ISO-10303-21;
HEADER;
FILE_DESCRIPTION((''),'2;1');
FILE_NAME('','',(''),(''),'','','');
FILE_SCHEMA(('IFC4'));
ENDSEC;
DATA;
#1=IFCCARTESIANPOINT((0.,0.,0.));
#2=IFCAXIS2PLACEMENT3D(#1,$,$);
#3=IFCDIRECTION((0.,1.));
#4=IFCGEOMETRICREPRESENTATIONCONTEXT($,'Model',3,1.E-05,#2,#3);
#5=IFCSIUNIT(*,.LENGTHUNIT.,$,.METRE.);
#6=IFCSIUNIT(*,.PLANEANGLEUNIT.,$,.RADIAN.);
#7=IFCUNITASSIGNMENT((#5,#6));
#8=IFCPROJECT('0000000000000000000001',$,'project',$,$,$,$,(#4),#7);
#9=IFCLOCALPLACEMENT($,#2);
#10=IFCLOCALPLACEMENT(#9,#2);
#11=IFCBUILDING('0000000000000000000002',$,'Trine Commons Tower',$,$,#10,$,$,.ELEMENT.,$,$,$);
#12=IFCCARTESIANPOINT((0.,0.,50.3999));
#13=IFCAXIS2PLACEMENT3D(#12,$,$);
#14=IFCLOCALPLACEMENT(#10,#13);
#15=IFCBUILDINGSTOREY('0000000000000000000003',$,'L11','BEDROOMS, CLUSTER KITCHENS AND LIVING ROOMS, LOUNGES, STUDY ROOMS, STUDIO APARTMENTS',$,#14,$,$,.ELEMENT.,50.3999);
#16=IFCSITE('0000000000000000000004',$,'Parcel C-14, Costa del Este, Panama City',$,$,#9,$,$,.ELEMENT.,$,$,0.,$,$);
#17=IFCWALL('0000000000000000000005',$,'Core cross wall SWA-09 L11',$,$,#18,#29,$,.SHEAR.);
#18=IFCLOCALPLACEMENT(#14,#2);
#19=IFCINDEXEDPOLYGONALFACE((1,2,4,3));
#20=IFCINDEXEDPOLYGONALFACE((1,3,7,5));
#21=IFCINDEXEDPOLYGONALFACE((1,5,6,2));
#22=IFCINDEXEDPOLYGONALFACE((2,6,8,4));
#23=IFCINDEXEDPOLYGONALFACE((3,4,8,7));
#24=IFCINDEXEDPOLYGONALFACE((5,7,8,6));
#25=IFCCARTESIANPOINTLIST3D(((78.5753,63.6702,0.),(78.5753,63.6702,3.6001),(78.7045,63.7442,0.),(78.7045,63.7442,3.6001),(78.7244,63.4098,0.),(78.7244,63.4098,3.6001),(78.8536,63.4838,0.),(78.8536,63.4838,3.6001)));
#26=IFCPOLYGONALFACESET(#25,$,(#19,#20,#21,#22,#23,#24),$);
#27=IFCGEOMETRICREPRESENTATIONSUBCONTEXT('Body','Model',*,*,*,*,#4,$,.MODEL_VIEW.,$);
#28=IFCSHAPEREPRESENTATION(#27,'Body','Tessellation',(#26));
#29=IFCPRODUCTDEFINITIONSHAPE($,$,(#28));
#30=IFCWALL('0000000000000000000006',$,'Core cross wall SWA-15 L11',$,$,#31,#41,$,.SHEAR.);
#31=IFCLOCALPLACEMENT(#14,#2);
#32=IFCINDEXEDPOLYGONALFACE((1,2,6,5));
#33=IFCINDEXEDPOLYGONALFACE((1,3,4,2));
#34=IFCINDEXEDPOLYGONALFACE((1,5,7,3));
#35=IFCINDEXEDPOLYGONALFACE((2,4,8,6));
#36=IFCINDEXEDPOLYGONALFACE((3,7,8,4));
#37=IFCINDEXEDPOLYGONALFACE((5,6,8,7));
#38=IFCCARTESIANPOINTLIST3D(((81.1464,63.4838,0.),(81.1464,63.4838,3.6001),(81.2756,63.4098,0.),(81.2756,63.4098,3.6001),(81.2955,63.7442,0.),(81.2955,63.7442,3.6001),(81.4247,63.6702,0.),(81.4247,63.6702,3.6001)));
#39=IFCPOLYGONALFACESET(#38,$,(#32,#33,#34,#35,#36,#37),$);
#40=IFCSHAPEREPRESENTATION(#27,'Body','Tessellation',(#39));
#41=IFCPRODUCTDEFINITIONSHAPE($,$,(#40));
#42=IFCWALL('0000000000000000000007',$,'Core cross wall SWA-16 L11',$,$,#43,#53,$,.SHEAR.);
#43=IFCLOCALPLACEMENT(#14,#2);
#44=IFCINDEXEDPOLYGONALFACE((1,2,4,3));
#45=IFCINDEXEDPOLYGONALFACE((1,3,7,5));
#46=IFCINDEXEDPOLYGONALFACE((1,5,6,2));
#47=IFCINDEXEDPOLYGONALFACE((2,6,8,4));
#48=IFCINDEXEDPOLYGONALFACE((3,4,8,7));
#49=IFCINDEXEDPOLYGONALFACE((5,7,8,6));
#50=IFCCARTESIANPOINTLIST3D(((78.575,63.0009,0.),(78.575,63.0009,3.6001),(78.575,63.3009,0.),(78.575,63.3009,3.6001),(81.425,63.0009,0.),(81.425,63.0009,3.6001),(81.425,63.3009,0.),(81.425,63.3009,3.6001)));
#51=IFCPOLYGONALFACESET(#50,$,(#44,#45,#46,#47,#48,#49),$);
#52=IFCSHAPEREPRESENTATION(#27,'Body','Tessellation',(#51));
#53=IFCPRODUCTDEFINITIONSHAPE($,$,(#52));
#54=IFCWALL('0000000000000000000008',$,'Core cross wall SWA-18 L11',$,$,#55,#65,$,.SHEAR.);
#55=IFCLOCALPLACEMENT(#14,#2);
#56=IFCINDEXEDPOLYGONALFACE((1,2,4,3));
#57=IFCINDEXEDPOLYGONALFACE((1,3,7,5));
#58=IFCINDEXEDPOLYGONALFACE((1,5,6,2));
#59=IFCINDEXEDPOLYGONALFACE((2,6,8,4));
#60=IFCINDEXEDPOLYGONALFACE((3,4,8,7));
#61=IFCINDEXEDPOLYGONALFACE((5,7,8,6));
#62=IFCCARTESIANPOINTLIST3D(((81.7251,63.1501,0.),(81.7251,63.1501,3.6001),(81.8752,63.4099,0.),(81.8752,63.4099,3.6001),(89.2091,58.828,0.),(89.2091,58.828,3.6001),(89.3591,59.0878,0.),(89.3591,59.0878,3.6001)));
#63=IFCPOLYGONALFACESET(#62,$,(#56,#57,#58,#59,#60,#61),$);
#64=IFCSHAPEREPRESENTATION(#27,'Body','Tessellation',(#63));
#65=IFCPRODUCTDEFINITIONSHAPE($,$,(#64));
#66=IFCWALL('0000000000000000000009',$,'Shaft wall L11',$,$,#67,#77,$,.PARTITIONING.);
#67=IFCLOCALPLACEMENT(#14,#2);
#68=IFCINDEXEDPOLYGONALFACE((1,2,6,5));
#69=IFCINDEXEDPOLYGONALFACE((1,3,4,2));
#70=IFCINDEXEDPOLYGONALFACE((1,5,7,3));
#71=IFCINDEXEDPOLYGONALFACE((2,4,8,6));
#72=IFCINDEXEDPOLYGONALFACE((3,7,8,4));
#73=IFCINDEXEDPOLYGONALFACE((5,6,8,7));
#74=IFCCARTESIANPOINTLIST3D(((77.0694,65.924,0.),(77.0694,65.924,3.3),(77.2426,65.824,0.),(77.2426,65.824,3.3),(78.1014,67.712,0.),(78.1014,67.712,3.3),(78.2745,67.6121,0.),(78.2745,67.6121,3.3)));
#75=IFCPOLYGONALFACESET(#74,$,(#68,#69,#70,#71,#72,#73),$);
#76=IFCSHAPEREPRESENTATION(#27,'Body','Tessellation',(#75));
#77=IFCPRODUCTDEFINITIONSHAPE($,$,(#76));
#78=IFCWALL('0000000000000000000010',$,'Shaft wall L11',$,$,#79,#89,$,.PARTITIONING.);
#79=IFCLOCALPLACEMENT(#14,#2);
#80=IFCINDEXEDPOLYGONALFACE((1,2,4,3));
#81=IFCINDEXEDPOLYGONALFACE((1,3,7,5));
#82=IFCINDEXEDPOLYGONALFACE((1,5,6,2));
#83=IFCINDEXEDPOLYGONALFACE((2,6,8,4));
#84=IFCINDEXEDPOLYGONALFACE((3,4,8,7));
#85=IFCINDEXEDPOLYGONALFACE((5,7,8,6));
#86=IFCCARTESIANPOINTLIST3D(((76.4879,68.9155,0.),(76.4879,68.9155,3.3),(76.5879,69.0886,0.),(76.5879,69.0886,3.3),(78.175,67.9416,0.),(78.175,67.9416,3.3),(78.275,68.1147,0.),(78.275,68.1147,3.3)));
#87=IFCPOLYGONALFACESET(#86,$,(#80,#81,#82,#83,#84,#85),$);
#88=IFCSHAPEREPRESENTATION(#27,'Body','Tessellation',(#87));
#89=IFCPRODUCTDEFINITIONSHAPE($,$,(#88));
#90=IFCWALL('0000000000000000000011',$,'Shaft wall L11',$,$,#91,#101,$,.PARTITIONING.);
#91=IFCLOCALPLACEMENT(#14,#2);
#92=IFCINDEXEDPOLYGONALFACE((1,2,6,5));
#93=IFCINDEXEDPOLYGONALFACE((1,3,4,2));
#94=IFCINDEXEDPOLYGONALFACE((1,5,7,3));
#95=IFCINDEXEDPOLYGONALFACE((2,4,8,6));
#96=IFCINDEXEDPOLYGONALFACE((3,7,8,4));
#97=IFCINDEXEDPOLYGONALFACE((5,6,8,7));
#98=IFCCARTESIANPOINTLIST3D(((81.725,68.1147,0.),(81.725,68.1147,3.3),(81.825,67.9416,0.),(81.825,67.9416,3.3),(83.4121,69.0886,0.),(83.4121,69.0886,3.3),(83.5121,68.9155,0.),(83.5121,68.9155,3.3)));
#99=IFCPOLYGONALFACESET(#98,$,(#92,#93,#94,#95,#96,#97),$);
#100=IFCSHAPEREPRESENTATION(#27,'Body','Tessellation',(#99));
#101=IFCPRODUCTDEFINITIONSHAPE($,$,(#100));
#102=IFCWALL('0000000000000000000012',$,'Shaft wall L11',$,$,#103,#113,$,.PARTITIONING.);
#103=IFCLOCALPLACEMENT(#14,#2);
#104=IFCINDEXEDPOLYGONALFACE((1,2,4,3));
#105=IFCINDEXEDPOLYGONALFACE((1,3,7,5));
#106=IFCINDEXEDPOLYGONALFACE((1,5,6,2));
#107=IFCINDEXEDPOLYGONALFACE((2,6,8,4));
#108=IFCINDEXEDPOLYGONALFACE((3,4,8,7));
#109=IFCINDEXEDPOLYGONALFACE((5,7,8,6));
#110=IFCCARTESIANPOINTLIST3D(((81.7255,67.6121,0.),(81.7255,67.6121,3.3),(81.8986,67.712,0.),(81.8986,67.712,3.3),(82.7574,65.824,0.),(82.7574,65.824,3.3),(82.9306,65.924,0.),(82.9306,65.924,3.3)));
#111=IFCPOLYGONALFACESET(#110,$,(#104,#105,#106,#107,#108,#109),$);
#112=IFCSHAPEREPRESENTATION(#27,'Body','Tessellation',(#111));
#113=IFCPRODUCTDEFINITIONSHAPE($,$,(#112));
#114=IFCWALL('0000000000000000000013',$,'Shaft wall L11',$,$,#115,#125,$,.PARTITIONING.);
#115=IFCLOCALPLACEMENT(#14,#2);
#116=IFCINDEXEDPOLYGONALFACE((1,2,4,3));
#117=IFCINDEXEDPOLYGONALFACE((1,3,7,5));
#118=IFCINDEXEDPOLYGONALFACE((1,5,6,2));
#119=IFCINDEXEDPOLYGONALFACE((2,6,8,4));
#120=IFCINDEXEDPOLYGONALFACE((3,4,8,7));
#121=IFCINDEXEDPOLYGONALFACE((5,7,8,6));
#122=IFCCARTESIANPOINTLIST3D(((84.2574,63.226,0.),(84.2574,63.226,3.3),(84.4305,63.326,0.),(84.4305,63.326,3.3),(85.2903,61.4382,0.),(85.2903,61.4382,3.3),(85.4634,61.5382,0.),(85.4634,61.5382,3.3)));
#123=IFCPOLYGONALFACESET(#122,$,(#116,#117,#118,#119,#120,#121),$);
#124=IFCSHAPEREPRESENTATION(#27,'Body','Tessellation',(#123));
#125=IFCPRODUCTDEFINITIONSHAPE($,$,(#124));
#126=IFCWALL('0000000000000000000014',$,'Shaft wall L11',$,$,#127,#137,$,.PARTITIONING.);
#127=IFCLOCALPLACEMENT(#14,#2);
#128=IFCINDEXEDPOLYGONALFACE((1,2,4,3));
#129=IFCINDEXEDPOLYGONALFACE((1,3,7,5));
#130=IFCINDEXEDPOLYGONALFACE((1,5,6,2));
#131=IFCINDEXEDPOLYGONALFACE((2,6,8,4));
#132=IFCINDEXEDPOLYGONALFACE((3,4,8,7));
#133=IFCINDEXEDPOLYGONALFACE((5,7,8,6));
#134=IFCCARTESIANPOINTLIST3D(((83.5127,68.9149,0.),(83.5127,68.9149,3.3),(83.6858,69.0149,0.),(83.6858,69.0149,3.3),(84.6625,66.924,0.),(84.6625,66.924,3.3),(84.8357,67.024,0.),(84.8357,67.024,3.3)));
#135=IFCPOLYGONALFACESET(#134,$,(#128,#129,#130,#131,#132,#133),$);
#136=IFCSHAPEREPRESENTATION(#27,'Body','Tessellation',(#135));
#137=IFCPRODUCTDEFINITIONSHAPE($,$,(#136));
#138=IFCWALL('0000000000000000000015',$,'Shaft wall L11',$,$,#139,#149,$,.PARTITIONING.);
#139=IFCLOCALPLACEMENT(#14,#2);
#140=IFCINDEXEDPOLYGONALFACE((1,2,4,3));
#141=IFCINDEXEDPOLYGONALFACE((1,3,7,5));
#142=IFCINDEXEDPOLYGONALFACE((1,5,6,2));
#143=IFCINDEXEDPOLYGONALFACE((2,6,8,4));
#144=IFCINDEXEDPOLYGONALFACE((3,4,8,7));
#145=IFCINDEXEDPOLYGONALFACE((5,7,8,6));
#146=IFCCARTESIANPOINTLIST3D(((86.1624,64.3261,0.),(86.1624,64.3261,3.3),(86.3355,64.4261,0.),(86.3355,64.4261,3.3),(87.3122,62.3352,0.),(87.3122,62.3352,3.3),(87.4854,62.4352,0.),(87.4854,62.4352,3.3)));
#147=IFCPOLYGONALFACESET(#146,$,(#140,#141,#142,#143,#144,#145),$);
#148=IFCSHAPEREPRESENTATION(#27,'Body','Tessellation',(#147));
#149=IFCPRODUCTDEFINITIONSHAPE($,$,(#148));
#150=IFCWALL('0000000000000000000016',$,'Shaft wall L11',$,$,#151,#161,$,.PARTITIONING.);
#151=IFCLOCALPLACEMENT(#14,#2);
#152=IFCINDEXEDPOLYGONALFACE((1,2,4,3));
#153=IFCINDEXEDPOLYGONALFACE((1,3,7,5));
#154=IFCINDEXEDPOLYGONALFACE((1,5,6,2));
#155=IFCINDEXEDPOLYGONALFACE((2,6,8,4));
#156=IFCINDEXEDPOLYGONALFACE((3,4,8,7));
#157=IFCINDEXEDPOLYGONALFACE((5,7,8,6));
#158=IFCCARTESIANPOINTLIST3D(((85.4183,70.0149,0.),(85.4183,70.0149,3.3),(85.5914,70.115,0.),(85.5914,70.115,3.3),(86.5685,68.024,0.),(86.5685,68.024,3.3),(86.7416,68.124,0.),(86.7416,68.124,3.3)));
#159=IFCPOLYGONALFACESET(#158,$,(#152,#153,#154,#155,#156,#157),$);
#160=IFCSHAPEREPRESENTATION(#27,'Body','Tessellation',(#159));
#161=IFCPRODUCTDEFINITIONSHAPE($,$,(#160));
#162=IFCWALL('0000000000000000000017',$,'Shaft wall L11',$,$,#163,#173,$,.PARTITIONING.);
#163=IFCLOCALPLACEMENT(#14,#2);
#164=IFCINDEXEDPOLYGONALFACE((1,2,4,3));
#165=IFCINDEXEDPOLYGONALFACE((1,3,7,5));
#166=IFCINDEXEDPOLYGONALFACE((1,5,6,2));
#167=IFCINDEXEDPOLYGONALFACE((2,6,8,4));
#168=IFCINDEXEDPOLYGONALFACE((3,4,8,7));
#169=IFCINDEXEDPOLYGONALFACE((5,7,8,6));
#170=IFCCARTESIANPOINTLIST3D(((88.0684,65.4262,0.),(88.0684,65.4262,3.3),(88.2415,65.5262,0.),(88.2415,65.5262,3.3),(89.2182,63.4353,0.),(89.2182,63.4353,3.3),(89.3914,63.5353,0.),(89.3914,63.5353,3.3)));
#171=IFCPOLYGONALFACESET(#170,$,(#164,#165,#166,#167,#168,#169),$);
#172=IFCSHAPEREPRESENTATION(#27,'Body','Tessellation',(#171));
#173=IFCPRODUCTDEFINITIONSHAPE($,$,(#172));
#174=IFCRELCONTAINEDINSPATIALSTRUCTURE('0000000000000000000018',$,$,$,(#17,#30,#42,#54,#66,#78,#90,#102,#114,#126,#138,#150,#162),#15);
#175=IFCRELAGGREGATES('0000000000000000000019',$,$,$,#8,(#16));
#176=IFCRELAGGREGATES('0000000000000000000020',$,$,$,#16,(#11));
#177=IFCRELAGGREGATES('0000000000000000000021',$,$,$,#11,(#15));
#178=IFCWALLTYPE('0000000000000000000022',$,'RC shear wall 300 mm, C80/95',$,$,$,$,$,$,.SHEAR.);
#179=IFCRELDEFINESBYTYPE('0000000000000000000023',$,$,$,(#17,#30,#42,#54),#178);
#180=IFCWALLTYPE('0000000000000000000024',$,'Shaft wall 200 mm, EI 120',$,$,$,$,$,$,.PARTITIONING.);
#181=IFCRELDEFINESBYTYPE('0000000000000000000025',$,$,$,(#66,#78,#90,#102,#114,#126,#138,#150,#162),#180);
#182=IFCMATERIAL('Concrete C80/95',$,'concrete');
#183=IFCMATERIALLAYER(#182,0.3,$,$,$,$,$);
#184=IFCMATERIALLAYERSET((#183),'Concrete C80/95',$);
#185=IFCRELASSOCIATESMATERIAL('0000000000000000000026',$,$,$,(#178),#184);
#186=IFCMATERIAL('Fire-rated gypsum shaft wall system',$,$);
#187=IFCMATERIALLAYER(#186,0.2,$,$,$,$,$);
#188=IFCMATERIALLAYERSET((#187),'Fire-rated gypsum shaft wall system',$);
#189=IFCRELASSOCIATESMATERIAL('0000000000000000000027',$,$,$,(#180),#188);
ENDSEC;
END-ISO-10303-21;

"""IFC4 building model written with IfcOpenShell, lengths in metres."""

from ifc_helpers import new_model, si_unit, direction, frame, frame_2d, origin, place, context, subcontext, project, spatial, rectangle, extrude, material, layer, layer_set, type_object, element, save


model = new_model("IFC4")

# Units and contexts
model_context = context("Model", 3, precision=1e-05, world=origin(), true_north=direction((0.0, 1.0)))
body_context = subcontext(model_context, "Body", "Model", "MODEL_VIEW")
ifc_project = project(units=[si_unit("LENGTHUNIT", "METRE"), si_unit("PLANEANGLEUNIT", "RADIAN")], contexts=[model_context])

# Site, building, storey
site_placement = place(None, origin())
site = spatial("IfcSite", under=ifc_project, at=site_placement, Name="Parcel C-14, Costa del Este, Panama City", CompositionType="ELEMENT", RefElevation=0.0)
building_placement = place(site_placement, origin())
building = spatial("IfcBuilding", under=site, at=building_placement, Name="Trine Commons Tower", CompositionType="ELEMENT")
storey_placement = place(building_placement, frame((0.0, 0.0, 50.3999)))
storey = spatial("IfcBuildingStorey", under=building, at=storey_placement, Name="L11", Description="BEDROOMS, CLUSTER KITCHENS AND LIVING ROOMS, LOUNGES, STUDY ROOMS, STUDIO APARTMENTS", CompositionType="ELEMENT", Elevation=50.3999)

# Shared definitions
ifc_material_1 = material(Name="Fire-rated gypsum shaft wall system")
ifc_material_2 = material(Name="Concrete C80/95", Category="concrete")
ifc_layer_1 = layer(ifc_material_2, 0.3)
ifc_layer_set_1 = layer_set([ifc_layer_1], Name="Concrete C80/95")
wall_type_1 = type_object("IfcWallType", Name="RC shear wall 300 mm, C80/95", PredefinedType="SHEAR", material=ifc_layer_set_1)

# Walls
for number, where, z_axis, x_axis, name in (
    (1, (78.7791, 63.614, 0.0), (0.0, 0.0, 1.0), (-0.867738, -0.497022, 0.0), "Core cross wall SWA-09 L11"),
    (2, (81.2209, 63.614, 0.0), (0.0, 0.0, 1.0), (0.867738, -0.497022, 0.0), "Core cross wall SWA-15 L11"),
):
    element("IfcWall", number, at=place(storey_placement, frame(where, z_axis=z_axis, x_axis=x_axis)), inside=storey, type_object=wall_type_1, Name=name, PredefinedType="SHEAR", context=body_context, shape_type="SweptSolid", body=[
        extrude(rectangle(XDim=0.1489, YDim=0.3, at=frame_2d((0.0745, 0.0))), origin(), (0.0, 0.0, 1.0), 3.6001),
    ])
wall_1_placement = place(storey_placement, frame((81.425, 63.1509, 0.0), z_axis=(0.0, 0.0, 1.0), x_axis=(-1.0, 0.0, 0.0)))
element("IfcWall", 3, at=wall_1_placement, inside=storey, type_object=wall_type_1, Name="Core cross wall SWA-16 L11", PredefinedType="SHEAR", context=body_context, shape_type="SweptSolid", body=[
    extrude(rectangle(XDim=2.8501, YDim=0.3, at=frame_2d((1.425, 0.0))), origin(), (0.0, 0.0, 1.0), 3.6001),
])
wall_2_placement = place(storey_placement, frame((81.8, 63.28, 0.0), z_axis=(0.0, 0.0, 1.0), x_axis=(0.865965, -0.500104, 0.0)))
element("IfcWall", 4, at=wall_2_placement, inside=storey, type_object=wall_type_1, Name="Core cross wall SWA-18 L11", PredefinedType="SHEAR", context=body_context, shape_type="SweptSolid", body=[
    extrude(rectangle(XDim=8.6423, YDim=0.3, at=frame_2d((4.3213, 0.0))), origin(), (0.0, 0.0, 1.0), 3.6001),
])
ifc_layer_2 = layer(ifc_material_1, 0.2)
ifc_layer_set_2 = layer_set([ifc_layer_2], Name="Fire-rated gypsum shaft wall system")
wall_type_2 = type_object("IfcWallType", Name="Shaft wall 200 mm, EI 120", PredefinedType="PARTITIONING", material=ifc_layer_set_2)
wall_3_placement = place(storey_placement, frame((77.156, 65.874, 0.0), z_axis=(0.0, 0.0, 1.0), x_axis=(0.499866, 0.866103, 0.0)))
element("IfcWall", 5, at=wall_3_placement, inside=storey, type_object=wall_type_2, Name="Shaft wall L11", PredefinedType="PARTITIONING", context=body_context, shape_type="SweptSolid", body=[
    extrude(rectangle(XDim=2.0645, YDim=0.2, at=frame_2d((1.0322, 0.0))), origin(), (0.0, 0.0, 1.0), 3.3),
])
for number, where, z_axis, x_axis, name in (
    (6, (78.2251, 68.0281, 0.0), (0.0, 0.0, 1.0), (-0.866052, 0.499954, 0.0), "Shaft wall L11"),
    (7, (81.7749, 68.0281, 0.0), (0.0, 0.0, 1.0), (0.866052, 0.499954, 0.0), "Shaft wall L11"),
):
    element("IfcWall", number, at=place(storey_placement, frame(where, z_axis=z_axis, x_axis=x_axis)), inside=storey, type_object=wall_type_2, Name=name, PredefinedType="PARTITIONING", context=body_context, shape_type="SweptSolid", body=[
        extrude(rectangle(XDim=1.948, YDim=0.2, at=frame_2d((0.9741, 0.0))), origin(), (0.0, 0.0, 1.0), 3.3),
    ])
wall_4_placement = place(storey_placement, frame((82.844, 65.874, 0.0), z_axis=(0.0, 0.0, 1.0), x_axis=(-0.499866, 0.866103, 0.0)))
element("IfcWall", 8, at=wall_4_placement, inside=storey, type_object=wall_type_2, Name="Shaft wall L11", PredefinedType="PARTITIONING", context=body_context, shape_type="SweptSolid", body=[
    extrude(rectangle(XDim=2.0645, YDim=0.2, at=frame_2d((1.0322, 0.0))), origin(), (0.0, 0.0, 1.0), 3.3),
])
wall_5_placement = place(storey_placement, frame((84.344, 63.2759, 0.0), z_axis=(0.0, 0.0, 1.0), x_axis=(0.500272, -0.865868, 0.0)))
element("IfcWall", 9, at=wall_5_placement, inside=storey, type_object=wall_type_2, Name="Shaft wall L11", PredefinedType="PARTITIONING", context=body_context, shape_type="SweptSolid", body=[
    extrude(rectangle(XDim=2.0647, YDim=0.2, at=frame_2d((1.0322, 0.0))), origin(), (0.0, 0.0, 1.0), 3.3),
])
for number, where, z_axis, x_axis, name in (
    (10, (84.749, 66.9741, 0.0), (0.0, 0.0, 1.0), (-0.500136, 0.865947, 0.0), "Shaft wall L11"),
    (11, (86.249, 64.376, 0.0), (0.0, 0.0, 1.0), (0.500136, -0.865947, 0.0), "Shaft wall L11"),
):
    element("IfcWall", number, at=place(storey_placement, frame(where, z_axis=z_axis, x_axis=x_axis)), inside=storey, type_object=wall_type_2, Name=name, PredefinedType="PARTITIONING", context=body_context, shape_type="SweptSolid", body=[
        extrude(rectangle(XDim=2.2991, YDim=0.2, at=frame_2d((1.1494, 0.0))), origin(), (0.0, 0.0, 1.0), 3.3),
    ])
wall_6_placement = place(storey_placement, frame((86.655, 68.074, 0.0), z_axis=(0.0, 0.0, 1.0), x_axis=(-0.500216, 0.865901, 0.0)))
element("IfcWall", 12, at=wall_6_placement, inside=storey, type_object=wall_type_2, Name="Shaft wall L11", PredefinedType="PARTITIONING", context=body_context, shape_type="SweptSolid", body=[
    extrude(rectangle(XDim=2.2993, YDim=0.2, at=frame_2d((1.1497, 0.0))), origin(), (0.0, 0.0, 1.0), 3.3),
])
wall_7_placement = place(storey_placement, frame((88.155, 65.4761, 0.0), z_axis=(0.0, 0.0, 1.0), x_axis=(0.500136, -0.865947, 0.0)))
element("IfcWall", 13, at=wall_7_placement, inside=storey, type_object=wall_type_2, Name="Shaft wall L11", PredefinedType="PARTITIONING", context=body_context, shape_type="SweptSolid", body=[
    extrude(rectangle(XDim=2.2991, YDim=0.2, at=frame_2d((1.1494, 0.0))), origin(), (0.0, 0.0, 1.0), 3.3),
])

save(model, "model.ifc")
